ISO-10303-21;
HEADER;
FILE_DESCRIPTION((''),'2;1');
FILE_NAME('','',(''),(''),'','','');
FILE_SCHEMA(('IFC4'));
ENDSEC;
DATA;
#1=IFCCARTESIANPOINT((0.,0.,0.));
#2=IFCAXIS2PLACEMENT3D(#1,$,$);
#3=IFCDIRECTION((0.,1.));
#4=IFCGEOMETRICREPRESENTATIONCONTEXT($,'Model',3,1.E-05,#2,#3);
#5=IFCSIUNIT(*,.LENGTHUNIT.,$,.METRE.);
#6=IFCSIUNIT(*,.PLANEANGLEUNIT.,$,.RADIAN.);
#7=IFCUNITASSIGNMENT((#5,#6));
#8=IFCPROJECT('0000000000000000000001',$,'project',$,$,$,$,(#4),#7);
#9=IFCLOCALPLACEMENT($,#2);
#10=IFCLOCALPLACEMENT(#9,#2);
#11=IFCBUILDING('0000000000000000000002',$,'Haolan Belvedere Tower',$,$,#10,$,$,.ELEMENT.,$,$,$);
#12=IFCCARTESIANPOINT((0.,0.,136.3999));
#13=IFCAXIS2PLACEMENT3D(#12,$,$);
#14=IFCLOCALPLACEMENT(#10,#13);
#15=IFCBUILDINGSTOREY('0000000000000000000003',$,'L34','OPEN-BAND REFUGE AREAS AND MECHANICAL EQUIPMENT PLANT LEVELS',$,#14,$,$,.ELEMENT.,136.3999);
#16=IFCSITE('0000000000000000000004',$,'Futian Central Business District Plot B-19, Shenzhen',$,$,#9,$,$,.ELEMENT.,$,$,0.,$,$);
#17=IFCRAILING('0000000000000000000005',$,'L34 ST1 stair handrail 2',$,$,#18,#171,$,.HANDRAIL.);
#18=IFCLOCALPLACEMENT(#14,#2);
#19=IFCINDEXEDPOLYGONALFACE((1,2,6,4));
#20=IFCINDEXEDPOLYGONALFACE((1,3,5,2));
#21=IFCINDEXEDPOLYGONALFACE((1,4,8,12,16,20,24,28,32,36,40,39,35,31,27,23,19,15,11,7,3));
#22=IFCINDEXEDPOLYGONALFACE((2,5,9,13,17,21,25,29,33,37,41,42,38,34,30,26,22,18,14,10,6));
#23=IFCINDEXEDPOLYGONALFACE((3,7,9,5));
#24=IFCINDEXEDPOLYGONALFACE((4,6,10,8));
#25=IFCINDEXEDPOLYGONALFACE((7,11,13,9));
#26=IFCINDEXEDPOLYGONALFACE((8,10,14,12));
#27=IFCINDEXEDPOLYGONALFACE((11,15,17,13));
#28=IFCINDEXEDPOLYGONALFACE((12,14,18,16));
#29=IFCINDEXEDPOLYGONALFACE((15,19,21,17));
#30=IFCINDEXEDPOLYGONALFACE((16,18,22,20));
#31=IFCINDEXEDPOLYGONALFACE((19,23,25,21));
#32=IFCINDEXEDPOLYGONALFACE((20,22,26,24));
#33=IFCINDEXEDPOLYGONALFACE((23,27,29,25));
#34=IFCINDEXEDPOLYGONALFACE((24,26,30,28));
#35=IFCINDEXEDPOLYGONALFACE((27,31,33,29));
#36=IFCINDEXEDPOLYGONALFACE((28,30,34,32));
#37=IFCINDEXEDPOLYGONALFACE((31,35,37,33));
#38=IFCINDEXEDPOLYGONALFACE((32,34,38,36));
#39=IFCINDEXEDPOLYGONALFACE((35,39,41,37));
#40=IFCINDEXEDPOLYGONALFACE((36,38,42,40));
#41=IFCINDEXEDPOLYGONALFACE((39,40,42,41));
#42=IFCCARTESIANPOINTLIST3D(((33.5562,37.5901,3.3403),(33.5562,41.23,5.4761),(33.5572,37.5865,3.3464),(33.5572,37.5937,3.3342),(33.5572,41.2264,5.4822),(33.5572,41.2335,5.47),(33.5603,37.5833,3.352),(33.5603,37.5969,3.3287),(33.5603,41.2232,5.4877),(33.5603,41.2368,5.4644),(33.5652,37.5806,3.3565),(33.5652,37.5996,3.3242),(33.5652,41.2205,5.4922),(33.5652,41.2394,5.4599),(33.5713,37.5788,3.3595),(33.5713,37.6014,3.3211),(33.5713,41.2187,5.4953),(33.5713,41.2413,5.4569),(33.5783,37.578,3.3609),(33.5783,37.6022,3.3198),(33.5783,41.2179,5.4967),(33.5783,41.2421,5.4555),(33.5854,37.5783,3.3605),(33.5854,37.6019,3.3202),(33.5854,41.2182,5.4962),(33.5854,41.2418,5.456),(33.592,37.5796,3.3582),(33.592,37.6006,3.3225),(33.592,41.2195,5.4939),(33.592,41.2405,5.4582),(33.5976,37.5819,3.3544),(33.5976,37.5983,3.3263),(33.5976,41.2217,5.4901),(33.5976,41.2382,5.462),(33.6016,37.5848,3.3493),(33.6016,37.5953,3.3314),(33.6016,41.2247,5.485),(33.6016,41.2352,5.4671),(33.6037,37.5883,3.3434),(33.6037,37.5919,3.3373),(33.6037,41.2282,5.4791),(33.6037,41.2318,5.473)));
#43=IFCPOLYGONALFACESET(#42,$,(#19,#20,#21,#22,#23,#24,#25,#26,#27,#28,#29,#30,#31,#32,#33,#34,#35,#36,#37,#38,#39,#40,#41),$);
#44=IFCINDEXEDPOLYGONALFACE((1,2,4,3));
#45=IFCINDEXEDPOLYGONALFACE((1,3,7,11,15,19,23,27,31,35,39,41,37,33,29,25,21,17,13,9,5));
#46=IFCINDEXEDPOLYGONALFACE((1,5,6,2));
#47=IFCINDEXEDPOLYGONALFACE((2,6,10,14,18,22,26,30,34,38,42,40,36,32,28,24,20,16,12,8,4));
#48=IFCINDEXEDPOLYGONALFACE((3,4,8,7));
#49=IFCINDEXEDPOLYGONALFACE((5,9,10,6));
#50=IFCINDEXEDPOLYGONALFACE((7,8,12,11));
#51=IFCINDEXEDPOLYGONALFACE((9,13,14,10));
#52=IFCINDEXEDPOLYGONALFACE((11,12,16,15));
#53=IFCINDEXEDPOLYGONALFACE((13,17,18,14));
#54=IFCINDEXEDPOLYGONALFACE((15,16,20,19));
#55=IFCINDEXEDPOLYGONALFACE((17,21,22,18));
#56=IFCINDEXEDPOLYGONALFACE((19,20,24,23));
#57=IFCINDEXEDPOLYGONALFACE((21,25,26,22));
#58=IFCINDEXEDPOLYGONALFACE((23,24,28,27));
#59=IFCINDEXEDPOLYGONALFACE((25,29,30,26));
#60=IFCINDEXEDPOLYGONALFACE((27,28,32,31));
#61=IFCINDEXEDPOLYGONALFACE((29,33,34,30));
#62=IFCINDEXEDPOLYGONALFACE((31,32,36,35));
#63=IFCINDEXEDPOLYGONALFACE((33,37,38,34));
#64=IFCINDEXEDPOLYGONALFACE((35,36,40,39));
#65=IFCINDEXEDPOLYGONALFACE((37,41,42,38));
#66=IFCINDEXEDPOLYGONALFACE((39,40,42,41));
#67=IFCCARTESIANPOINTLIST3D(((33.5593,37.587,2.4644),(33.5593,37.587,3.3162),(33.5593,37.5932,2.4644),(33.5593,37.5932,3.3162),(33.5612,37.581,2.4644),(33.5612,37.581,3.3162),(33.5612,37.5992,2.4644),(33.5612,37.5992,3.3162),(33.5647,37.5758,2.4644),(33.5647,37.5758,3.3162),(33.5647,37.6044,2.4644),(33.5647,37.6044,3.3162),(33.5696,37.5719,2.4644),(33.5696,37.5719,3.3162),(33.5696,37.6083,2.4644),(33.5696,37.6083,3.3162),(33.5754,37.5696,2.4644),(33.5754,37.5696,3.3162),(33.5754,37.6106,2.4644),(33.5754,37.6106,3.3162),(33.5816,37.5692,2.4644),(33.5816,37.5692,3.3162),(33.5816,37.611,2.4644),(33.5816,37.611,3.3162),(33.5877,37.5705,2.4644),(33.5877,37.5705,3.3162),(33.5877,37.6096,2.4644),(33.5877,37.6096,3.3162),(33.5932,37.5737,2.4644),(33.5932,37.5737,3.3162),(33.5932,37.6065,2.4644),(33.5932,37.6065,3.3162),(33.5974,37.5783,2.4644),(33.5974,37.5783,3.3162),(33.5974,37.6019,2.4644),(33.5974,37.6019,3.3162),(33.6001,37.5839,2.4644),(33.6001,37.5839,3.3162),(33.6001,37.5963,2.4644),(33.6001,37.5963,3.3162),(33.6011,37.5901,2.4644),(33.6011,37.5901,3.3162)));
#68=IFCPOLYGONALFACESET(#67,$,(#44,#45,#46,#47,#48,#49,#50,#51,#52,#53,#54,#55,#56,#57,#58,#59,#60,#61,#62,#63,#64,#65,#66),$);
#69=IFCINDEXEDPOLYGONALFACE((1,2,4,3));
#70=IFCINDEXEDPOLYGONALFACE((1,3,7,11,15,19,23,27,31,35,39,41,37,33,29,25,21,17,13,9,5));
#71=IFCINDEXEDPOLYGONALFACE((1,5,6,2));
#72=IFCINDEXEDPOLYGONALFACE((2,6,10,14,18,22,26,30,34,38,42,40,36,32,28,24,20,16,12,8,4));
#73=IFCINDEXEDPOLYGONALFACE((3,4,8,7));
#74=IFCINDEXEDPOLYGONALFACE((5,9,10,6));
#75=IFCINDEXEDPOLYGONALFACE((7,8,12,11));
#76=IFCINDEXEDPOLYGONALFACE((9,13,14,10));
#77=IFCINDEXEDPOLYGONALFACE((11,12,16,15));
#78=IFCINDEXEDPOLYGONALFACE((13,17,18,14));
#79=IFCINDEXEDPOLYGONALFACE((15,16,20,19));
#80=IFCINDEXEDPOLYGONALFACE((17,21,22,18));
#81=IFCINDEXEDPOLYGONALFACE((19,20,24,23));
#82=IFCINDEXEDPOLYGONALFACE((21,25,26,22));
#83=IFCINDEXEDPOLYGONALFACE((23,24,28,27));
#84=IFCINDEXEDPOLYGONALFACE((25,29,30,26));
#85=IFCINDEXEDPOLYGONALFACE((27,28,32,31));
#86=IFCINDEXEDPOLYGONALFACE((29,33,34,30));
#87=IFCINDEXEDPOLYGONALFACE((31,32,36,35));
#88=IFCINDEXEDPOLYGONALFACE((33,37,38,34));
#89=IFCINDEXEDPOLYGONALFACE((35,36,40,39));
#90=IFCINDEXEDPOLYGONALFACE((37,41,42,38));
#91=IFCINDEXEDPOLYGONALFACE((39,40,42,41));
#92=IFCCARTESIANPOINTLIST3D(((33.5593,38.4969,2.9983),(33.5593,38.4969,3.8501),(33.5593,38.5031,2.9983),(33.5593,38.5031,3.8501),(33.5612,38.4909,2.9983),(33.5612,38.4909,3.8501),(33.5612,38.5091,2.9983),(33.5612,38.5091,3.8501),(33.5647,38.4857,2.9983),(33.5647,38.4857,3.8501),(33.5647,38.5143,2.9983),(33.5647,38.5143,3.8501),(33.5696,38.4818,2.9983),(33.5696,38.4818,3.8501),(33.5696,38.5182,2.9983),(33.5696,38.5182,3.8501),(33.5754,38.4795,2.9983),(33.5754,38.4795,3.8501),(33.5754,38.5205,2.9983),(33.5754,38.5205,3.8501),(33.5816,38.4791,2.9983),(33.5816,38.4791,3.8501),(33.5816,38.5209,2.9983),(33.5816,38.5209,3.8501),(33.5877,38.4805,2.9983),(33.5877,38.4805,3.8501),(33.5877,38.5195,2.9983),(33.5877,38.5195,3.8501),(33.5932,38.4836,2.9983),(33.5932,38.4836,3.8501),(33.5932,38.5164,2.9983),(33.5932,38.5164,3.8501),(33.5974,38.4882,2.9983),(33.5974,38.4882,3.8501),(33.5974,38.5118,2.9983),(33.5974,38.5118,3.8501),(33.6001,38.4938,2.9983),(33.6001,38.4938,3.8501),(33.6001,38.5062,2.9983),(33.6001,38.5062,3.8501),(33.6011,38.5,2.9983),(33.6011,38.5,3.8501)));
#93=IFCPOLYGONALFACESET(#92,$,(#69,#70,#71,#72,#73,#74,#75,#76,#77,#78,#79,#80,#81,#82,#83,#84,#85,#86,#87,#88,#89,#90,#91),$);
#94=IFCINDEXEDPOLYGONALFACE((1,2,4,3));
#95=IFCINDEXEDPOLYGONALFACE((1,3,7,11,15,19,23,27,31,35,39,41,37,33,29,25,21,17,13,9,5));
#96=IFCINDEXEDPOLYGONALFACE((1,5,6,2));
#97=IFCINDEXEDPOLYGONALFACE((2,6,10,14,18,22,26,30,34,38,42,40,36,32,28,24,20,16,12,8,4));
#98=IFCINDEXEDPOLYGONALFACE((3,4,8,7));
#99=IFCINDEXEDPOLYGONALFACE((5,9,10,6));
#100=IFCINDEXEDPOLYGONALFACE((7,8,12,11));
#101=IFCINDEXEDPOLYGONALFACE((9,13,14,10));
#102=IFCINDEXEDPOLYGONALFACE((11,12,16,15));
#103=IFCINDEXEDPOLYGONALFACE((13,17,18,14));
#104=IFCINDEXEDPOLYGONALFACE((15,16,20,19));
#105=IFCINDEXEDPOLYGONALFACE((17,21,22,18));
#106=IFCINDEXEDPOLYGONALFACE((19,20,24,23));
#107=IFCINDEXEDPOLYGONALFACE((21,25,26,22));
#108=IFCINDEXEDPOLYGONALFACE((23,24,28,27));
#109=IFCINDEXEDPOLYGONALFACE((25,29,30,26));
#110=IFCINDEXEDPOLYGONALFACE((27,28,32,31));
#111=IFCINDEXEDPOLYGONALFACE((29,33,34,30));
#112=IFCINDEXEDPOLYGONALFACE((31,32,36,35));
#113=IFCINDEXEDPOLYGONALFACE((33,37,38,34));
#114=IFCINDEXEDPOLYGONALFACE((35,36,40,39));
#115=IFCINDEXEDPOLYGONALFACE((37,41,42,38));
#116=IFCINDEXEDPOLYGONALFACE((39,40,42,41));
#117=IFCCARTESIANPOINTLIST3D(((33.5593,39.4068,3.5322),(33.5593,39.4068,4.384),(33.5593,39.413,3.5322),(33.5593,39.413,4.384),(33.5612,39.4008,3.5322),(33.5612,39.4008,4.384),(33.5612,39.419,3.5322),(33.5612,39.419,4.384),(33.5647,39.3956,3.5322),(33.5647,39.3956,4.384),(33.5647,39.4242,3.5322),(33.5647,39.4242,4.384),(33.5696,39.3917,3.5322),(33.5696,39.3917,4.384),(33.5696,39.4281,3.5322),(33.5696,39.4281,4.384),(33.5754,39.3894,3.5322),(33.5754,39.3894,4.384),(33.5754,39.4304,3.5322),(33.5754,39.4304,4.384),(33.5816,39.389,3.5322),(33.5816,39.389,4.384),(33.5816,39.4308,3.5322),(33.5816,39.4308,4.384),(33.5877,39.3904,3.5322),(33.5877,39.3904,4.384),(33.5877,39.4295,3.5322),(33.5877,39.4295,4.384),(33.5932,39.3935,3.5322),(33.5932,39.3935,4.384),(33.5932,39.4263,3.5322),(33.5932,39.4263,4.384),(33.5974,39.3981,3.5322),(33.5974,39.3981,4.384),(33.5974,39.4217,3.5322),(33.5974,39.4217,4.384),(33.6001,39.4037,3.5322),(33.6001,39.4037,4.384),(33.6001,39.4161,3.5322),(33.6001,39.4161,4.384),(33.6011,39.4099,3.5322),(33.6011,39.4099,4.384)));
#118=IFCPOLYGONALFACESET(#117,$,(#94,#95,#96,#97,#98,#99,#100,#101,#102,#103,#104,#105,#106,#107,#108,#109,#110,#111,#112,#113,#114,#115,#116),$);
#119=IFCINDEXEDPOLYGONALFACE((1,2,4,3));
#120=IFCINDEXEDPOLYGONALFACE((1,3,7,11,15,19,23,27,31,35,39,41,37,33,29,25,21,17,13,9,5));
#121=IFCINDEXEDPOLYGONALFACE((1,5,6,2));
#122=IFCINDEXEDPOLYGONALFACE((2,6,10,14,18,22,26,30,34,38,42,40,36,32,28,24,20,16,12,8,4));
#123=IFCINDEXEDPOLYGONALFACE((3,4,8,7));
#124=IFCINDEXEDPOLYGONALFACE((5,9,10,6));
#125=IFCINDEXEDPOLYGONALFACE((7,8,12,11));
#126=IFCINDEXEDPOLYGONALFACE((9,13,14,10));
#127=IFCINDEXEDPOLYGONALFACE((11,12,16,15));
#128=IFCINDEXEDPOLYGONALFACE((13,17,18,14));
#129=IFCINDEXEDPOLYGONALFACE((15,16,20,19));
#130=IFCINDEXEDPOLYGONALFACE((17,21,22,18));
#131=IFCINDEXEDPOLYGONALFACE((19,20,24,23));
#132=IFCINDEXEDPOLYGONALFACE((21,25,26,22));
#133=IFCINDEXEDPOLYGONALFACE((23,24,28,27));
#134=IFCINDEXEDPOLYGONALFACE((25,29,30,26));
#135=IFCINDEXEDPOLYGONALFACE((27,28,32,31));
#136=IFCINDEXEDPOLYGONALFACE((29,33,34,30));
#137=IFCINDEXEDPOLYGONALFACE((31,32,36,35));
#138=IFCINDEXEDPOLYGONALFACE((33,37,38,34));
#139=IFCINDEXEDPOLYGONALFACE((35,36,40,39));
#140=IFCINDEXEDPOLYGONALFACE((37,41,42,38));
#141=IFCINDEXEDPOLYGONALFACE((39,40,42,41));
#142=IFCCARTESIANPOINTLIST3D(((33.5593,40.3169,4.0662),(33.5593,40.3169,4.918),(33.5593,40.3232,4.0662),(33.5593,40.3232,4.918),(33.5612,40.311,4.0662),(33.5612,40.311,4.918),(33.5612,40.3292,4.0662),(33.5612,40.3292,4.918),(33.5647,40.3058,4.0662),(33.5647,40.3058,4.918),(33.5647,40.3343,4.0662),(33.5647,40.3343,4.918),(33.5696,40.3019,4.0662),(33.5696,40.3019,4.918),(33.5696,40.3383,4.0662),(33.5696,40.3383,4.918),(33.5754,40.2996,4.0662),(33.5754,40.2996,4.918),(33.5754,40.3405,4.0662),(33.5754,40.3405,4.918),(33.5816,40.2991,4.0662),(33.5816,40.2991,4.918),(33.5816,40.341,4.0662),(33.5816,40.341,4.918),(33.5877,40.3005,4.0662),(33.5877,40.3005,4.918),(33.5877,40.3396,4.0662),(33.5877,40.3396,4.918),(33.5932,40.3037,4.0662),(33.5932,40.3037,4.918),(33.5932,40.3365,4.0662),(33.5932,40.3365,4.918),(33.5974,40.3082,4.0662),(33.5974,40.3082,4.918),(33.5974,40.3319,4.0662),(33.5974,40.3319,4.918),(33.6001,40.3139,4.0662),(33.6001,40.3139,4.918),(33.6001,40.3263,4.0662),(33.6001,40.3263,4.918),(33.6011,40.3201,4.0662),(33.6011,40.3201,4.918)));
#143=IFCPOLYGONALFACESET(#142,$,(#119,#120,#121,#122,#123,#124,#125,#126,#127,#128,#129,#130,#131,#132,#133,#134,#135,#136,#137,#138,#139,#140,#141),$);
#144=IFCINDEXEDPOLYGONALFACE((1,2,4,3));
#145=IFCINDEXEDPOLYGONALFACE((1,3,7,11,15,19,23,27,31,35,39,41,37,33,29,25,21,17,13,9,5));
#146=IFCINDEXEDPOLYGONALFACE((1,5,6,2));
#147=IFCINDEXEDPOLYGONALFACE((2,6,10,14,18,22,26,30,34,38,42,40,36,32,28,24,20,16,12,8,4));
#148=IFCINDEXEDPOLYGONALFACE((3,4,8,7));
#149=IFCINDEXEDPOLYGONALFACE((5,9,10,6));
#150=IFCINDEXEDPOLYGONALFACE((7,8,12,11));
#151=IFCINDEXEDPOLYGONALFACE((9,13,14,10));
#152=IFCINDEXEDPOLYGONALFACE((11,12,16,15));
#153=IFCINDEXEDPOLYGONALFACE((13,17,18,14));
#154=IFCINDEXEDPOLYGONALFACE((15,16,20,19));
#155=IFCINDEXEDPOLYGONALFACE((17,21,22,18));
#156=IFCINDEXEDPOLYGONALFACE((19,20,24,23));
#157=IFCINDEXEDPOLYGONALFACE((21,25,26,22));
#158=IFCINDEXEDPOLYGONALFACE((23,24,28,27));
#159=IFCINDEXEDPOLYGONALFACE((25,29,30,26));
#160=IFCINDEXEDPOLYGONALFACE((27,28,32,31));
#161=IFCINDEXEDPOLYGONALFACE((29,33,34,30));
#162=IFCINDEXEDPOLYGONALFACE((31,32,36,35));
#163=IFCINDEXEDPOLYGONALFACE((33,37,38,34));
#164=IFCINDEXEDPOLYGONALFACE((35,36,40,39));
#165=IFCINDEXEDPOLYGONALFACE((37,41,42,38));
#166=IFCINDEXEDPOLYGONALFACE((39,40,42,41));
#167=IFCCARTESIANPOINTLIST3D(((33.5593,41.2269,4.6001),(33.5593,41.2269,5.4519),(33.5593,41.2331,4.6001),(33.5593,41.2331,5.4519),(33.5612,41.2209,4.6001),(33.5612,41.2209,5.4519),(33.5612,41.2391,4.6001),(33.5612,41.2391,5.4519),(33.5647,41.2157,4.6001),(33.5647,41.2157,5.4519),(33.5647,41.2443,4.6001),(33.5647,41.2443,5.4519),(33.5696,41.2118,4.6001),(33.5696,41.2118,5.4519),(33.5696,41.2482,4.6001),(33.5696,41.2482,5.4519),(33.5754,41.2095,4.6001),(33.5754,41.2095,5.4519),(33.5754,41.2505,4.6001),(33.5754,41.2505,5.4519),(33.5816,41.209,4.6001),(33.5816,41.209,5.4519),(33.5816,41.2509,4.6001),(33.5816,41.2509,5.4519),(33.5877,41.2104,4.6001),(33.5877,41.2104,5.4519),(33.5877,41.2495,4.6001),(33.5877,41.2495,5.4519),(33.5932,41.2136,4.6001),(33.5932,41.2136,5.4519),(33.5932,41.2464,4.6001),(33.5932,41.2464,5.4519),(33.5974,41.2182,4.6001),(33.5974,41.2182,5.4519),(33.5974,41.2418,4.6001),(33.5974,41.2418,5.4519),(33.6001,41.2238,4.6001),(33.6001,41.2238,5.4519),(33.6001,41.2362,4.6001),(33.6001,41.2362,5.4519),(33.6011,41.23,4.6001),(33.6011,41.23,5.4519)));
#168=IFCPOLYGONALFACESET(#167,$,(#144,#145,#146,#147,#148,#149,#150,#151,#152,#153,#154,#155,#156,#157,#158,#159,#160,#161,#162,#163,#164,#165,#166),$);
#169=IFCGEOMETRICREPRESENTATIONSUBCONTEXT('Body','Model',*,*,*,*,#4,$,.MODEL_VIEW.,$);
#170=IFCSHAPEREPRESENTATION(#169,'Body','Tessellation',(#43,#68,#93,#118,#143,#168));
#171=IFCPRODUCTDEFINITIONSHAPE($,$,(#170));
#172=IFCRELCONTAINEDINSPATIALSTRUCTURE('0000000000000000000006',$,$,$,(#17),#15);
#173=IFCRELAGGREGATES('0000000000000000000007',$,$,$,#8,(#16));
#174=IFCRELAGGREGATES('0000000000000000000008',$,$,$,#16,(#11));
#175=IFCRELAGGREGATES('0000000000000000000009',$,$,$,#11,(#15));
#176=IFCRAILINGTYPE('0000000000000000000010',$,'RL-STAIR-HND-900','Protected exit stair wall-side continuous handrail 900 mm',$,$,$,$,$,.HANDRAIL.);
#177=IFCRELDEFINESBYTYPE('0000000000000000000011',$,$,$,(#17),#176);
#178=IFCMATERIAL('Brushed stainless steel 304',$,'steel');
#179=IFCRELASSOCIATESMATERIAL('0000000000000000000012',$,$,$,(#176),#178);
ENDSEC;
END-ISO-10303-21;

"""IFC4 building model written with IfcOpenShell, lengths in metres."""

from ifc_helpers import new_model, si_unit, direction, frame, origin, origin_2d, place, context, subcontext, project, spatial, circle, extrude, material, type_object, element, save


model = new_model("IFC4")

# Units and contexts
model_context = context("Model", 3, precision=1e-05, world=origin(), true_north=direction((0.0, 1.0)))
body_context = subcontext(model_context, "Body", "Model", "MODEL_VIEW")
ifc_project = project(units=[si_unit("LENGTHUNIT", "METRE"), si_unit("PLANEANGLEUNIT", "RADIAN")], contexts=[model_context])

# Site, building, storey
site_placement = place(None, origin())
site = spatial("IfcSite", under=ifc_project, at=site_placement, Name="Futian Central Business District Plot B-19, Shenzhen", CompositionType="ELEMENT", RefElevation=0.0)
building_placement = place(site_placement, origin())
building = spatial("IfcBuilding", under=site, at=building_placement, Name="Haolan Belvedere Tower", CompositionType="ELEMENT")
storey_placement = place(building_placement, frame((0.0, 0.0, 136.3999)))
storey = spatial("IfcBuildingStorey", under=building, at=storey_placement, Name="L34", Description="OPEN-BAND REFUGE AREAS AND MECHANICAL EQUIPMENT PLANT LEVELS", CompositionType="ELEMENT", Elevation=136.3999)

# Railing
ifc_material_1 = material(Name="Brushed stainless steel 304", Category="steel")
railing_type_1 = type_object("IfcRailingType", Name="RL-STAIR-HND-900", Description="Protected exit stair wall-side continuous handrail 900 mm", PredefinedType="HANDRAIL", material=ifc_material_1)
railing_1_placement = place(storey_placement, frame((33.5801, 37.5901, 2.4644)))
element("IfcRailing", 1, at=railing_1_placement, inside=storey, type_object=railing_type_1, Name="L34 ST1 stair handrail 2", PredefinedType="HANDRAIL", context=body_context, shape_type="SweptSolid", body=[
    extrude(circle(Radius=0.0239, at=origin_2d()), frame((0.0, 0.0, 0.876), z_axis=(0.0, 0.86249, 0.506074), x_axis=(-1.0, 0.0, 0.0)), (0.0, 0.0, 1.0), 4.2202),
    extrude(circle(Radius=0.021, at=origin_2d()), origin(), (0.0, 0.0, 1.0), 0.8518),
    extrude(circle(Radius=0.021, at=origin_2d()), frame((0.0, 0.9099, 0.5339)), (0.0, 0.0, 1.0), 0.8518),
    extrude(circle(Radius=0.021, at=origin_2d()), frame((0.0, 1.8198, 1.0679)), (0.0, 0.0, 1.0), 0.8518),
    extrude(circle(Radius=0.021, at=origin_2d()), frame((0.0, 2.73, 1.6018)), (0.0, 0.0, 1.0), 0.8518),
    extrude(circle(Radius=0.021, at=origin_2d()), frame((0.0, 3.6399, 2.1357)), (0.0, 0.0, 1.0), 0.8518),
])

save(model, "model.ifc")
